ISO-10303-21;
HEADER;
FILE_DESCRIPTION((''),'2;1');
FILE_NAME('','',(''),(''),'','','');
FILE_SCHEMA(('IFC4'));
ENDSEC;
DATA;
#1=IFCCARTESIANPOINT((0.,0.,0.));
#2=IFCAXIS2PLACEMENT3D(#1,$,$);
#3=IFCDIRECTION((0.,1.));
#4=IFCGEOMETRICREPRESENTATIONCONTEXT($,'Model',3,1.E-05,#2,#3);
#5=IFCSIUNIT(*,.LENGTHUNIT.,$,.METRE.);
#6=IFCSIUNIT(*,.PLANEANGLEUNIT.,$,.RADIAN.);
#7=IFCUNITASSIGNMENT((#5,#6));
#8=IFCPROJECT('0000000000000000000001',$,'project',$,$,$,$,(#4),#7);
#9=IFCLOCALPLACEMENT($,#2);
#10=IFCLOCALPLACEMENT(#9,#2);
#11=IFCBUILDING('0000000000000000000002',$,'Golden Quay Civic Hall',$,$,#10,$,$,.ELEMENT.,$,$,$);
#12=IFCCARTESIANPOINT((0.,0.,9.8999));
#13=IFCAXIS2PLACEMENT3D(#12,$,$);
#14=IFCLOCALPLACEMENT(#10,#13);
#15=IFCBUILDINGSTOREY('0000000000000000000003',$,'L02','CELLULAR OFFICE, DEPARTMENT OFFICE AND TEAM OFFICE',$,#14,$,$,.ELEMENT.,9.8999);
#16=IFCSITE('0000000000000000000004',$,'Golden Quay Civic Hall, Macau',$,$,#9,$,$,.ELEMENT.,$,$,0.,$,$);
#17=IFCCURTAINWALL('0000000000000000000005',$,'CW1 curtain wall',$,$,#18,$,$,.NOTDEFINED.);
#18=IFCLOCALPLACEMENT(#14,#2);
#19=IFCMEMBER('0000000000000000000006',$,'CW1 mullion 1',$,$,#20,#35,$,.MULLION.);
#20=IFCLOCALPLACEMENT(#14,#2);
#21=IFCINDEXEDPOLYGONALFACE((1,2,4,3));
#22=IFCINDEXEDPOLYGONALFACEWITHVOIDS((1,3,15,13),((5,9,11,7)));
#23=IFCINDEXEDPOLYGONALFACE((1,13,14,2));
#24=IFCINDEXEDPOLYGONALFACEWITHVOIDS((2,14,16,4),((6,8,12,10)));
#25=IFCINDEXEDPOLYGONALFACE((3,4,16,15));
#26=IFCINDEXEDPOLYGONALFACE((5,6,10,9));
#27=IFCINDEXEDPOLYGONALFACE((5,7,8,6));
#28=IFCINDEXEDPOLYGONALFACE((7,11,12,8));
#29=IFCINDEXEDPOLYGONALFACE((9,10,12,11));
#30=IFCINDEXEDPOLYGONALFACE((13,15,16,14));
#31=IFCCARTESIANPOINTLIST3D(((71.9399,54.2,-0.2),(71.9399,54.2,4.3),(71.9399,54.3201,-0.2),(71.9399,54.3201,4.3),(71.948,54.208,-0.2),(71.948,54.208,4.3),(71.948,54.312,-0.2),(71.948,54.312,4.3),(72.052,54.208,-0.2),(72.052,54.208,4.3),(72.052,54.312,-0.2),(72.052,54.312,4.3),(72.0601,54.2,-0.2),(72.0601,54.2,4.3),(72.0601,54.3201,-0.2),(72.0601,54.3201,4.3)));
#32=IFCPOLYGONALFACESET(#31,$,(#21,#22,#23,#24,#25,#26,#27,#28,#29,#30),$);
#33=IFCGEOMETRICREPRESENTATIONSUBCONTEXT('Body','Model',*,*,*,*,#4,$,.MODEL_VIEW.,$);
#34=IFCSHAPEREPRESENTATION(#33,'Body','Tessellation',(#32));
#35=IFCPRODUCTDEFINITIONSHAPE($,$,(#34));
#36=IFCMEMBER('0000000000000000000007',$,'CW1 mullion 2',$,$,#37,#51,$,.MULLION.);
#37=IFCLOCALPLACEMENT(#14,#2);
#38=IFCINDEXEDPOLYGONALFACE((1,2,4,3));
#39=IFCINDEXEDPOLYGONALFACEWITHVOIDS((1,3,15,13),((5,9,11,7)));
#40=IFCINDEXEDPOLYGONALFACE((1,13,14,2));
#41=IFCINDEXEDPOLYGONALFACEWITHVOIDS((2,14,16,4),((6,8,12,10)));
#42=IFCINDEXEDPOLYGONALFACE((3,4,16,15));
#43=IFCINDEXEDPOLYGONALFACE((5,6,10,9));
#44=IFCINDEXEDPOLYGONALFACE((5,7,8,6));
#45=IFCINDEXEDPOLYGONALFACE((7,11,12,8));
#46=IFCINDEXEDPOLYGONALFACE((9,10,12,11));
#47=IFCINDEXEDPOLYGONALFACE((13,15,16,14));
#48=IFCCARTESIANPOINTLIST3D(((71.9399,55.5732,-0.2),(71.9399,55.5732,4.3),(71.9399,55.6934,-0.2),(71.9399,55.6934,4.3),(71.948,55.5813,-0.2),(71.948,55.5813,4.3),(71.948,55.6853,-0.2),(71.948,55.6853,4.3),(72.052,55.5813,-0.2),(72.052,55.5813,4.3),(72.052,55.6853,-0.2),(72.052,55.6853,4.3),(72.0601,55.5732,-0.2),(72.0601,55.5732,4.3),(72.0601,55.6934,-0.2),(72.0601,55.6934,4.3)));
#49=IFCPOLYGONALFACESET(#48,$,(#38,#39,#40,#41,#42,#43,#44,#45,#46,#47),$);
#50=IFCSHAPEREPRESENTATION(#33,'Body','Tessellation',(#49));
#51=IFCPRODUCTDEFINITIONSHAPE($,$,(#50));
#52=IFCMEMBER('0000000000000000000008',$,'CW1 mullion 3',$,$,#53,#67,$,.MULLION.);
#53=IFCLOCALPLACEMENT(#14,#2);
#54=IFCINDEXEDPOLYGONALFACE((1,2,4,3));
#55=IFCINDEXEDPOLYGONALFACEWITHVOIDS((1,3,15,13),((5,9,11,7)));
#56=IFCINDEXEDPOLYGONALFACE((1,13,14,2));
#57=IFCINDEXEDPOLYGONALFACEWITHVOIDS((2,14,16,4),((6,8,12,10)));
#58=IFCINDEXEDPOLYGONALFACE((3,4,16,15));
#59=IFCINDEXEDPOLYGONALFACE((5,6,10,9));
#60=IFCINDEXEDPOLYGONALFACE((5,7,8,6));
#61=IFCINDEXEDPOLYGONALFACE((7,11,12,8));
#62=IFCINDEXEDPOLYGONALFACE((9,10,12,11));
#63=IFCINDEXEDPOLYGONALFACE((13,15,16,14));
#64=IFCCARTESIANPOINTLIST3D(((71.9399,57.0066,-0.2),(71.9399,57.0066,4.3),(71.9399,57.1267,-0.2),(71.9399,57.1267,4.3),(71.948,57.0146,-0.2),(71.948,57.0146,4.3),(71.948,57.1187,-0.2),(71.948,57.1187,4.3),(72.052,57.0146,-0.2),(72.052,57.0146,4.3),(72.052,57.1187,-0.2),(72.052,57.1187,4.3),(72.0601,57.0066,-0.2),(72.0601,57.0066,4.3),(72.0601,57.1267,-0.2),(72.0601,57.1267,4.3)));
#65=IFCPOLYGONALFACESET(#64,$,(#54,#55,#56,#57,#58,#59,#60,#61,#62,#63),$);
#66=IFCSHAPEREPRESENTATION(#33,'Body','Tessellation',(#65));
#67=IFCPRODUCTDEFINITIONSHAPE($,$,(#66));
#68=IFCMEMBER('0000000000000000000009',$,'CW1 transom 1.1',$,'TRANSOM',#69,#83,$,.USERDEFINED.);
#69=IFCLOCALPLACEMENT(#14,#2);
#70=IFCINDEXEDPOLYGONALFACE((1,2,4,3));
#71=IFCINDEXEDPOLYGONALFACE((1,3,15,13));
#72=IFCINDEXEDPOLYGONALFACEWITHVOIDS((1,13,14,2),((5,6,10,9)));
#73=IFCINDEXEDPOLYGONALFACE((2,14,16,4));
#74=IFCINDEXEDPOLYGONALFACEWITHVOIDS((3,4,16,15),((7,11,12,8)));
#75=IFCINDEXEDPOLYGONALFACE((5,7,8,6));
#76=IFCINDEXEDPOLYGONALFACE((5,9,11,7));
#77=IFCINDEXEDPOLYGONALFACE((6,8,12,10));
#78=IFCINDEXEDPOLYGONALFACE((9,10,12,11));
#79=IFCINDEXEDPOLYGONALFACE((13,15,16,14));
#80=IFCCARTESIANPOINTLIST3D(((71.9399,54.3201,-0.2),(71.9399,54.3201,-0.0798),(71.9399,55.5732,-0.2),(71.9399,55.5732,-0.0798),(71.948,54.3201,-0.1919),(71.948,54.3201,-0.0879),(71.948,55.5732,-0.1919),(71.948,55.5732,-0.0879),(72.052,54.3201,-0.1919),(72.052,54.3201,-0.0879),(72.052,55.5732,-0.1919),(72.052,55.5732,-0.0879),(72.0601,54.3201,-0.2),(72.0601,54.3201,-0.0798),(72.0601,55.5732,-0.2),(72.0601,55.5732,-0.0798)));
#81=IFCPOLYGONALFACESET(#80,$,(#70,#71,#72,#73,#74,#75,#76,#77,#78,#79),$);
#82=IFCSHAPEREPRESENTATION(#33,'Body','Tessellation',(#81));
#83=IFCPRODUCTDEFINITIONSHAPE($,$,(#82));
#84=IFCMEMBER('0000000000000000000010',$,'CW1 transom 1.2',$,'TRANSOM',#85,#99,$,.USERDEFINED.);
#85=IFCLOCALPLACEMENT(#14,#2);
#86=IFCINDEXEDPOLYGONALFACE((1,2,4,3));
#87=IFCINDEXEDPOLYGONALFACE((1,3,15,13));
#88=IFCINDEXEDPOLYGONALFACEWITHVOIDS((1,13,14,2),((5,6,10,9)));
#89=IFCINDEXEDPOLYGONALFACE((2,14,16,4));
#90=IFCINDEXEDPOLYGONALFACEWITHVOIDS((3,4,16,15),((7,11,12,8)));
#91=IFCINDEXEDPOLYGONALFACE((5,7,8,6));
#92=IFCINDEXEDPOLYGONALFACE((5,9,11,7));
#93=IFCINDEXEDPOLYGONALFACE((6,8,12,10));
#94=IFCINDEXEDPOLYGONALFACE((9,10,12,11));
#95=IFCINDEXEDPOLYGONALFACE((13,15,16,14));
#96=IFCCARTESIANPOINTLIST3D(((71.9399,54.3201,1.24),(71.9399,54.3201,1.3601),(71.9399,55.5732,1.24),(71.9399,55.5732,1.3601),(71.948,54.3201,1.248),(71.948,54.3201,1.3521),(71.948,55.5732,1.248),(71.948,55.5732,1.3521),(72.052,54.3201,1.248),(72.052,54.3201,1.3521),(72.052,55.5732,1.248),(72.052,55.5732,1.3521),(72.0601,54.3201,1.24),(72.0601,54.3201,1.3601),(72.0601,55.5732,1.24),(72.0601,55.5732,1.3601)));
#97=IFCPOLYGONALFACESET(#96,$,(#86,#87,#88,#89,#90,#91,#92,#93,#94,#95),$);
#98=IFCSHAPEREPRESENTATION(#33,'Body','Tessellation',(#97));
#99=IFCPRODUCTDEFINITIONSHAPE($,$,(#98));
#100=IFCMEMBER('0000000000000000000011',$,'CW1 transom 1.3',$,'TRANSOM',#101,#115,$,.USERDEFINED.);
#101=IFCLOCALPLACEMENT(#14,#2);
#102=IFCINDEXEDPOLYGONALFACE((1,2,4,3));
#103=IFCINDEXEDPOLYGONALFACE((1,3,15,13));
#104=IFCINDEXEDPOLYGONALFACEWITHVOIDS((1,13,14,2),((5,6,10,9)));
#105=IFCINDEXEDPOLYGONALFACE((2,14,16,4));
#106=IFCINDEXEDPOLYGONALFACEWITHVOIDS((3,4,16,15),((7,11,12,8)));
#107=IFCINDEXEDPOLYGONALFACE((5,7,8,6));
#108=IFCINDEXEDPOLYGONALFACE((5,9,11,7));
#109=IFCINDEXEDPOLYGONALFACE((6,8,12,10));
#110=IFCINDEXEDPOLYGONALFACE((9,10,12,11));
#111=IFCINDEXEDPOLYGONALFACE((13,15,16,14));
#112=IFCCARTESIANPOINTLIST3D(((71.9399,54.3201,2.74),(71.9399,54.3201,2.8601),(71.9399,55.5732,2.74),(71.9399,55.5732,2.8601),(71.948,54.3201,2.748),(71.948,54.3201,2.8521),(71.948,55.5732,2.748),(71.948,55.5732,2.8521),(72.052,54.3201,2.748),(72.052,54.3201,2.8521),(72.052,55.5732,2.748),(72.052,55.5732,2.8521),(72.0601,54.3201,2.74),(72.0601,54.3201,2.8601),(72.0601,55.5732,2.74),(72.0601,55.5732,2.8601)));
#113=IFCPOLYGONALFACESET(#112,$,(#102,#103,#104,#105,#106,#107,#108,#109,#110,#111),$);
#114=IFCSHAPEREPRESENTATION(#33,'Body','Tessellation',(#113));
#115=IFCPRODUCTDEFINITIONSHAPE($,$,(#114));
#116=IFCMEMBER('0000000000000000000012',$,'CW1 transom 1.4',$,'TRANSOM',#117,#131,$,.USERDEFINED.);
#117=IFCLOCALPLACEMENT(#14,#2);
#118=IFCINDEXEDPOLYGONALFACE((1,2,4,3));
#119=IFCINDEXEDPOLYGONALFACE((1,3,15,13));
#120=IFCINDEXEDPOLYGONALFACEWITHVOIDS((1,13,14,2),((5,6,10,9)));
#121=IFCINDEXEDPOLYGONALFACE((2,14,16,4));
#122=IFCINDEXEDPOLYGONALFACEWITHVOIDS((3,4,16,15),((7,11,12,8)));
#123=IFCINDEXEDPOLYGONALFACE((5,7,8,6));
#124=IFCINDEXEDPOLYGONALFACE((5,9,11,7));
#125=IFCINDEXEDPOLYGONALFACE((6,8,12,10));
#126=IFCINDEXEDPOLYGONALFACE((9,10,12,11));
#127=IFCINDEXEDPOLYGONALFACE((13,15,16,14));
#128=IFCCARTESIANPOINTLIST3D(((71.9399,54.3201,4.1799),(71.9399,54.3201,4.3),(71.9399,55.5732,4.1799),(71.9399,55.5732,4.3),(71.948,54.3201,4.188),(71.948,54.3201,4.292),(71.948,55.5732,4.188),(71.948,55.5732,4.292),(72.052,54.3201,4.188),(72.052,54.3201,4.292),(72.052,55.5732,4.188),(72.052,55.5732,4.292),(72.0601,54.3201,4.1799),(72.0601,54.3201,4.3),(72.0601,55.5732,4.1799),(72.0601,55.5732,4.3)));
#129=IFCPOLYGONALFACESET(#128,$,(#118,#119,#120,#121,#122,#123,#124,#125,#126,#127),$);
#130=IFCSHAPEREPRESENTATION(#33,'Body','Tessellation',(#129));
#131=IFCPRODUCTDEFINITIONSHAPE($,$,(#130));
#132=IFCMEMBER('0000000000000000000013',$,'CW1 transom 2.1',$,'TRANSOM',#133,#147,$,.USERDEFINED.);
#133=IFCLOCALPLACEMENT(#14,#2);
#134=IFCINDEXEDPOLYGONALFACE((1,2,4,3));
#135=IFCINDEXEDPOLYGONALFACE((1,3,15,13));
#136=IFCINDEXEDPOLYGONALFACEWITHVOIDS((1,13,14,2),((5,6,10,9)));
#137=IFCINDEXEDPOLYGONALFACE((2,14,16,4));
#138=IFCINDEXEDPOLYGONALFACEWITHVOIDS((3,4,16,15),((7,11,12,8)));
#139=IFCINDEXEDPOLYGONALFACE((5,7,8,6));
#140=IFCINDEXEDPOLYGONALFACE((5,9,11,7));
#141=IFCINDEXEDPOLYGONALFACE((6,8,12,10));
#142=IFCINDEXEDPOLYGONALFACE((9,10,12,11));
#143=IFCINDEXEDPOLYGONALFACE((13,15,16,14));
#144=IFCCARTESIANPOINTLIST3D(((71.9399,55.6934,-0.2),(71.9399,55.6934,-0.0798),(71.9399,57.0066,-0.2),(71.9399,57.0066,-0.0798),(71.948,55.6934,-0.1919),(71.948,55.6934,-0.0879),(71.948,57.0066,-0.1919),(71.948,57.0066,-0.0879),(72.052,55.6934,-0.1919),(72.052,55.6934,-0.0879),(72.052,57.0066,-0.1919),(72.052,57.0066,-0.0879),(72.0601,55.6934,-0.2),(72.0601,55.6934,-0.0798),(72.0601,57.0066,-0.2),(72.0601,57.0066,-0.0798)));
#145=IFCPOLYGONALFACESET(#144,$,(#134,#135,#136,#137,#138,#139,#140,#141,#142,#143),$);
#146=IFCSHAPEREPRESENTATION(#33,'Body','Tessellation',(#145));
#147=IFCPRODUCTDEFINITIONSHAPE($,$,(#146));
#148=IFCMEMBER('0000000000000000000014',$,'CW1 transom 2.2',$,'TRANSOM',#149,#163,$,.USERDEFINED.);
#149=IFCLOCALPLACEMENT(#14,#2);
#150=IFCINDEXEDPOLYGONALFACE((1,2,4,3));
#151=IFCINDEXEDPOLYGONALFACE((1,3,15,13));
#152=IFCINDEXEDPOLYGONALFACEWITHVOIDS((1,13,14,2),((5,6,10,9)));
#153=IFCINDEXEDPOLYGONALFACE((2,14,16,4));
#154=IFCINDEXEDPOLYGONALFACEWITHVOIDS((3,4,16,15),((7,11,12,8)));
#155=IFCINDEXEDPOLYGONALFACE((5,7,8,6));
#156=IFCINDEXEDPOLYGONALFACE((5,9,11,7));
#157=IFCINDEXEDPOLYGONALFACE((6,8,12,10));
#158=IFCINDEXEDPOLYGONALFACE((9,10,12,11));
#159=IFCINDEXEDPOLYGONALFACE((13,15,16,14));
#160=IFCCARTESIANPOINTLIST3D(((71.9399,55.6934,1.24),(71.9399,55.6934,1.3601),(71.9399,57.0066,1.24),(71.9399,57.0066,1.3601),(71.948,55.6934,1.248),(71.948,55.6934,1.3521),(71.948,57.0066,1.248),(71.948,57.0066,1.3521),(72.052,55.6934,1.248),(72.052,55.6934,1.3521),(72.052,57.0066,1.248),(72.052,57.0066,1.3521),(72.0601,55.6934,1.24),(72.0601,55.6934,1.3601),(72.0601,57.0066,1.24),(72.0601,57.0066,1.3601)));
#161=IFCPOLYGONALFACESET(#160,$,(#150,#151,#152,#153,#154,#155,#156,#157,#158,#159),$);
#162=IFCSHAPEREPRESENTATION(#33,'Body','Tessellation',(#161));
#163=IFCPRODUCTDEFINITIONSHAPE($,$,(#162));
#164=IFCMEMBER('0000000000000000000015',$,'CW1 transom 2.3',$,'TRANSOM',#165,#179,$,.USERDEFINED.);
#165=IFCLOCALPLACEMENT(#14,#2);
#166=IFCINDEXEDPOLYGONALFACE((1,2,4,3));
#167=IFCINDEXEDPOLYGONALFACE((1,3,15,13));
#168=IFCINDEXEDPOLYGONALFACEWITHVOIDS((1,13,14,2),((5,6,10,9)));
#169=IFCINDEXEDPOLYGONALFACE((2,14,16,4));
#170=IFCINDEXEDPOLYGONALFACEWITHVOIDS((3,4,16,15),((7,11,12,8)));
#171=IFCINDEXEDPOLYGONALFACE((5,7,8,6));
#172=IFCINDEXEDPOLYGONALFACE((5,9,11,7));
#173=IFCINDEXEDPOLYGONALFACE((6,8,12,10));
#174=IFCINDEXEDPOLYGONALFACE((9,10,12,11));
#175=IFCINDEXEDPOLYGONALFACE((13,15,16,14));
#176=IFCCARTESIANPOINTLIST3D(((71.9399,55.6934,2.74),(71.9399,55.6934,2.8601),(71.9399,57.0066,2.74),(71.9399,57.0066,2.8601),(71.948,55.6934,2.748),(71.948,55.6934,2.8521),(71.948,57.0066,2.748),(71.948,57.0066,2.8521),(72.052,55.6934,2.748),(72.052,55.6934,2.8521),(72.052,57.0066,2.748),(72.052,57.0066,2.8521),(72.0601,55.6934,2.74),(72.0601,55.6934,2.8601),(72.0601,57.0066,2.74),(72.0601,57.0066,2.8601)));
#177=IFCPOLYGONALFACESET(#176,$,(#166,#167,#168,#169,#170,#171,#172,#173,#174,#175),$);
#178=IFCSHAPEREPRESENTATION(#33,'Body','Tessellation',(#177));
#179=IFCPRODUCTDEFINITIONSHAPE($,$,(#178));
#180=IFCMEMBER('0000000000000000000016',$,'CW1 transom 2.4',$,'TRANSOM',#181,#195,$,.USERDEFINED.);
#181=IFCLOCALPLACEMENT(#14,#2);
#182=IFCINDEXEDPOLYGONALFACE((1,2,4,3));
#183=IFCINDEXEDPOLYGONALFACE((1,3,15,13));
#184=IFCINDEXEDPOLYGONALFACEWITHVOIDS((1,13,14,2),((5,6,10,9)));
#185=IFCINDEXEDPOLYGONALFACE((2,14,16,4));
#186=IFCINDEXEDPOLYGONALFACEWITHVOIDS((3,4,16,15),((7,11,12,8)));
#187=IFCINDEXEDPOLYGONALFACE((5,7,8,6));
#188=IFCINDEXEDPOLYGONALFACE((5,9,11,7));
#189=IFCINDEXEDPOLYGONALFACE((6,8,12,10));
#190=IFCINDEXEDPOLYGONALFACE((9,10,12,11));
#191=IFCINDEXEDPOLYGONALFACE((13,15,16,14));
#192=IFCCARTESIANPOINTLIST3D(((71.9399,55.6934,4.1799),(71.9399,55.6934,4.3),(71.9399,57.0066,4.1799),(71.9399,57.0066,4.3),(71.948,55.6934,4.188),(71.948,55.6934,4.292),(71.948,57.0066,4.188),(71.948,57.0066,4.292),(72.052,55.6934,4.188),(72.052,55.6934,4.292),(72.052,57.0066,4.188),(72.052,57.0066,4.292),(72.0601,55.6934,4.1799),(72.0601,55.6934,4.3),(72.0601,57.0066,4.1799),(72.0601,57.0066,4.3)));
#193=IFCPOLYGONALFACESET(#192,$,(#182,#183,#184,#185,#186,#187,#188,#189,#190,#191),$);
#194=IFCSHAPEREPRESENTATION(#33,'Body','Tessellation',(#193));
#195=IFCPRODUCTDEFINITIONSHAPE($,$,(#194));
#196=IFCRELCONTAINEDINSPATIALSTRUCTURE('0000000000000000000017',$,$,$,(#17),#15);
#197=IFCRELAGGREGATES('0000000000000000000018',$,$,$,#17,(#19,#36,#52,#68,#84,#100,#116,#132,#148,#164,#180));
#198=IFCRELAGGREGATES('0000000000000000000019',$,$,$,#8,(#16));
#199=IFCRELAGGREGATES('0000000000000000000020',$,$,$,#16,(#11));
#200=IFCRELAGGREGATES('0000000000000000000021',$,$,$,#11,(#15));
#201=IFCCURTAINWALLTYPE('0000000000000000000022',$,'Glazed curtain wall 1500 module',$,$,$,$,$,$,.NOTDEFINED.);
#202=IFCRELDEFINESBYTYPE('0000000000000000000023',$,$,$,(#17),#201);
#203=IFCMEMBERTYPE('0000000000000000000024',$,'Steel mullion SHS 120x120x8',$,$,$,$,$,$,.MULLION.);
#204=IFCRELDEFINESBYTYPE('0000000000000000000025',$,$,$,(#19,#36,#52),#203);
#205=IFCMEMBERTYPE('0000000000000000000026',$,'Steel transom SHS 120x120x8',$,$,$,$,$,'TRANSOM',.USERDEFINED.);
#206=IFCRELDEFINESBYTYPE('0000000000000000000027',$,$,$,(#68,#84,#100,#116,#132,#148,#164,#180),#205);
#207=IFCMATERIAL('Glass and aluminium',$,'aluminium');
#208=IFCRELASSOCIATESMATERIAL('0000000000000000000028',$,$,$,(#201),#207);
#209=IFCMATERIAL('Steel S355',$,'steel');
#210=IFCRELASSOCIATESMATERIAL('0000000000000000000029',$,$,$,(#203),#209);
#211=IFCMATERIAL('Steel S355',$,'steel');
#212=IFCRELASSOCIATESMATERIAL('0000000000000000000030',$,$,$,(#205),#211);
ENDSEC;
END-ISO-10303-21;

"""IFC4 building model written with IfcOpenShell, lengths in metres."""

from ifc_helpers import new_model, si_unit, direction, frame, origin, origin_2d, place, context, subcontext, project, spatial, hollow_rectangle, extrude, material, material_profile, profile_set, type_object, element, aggregate, save


model = new_model("IFC4")

# Units and contexts
model_context = context("Model", 3, precision=1e-05, world=origin(), true_north=direction((0.0, 1.0)))
body_context = subcontext(model_context, "Body", "Model", "MODEL_VIEW")
ifc_project = project(units=[si_unit("LENGTHUNIT", "METRE"), si_unit("PLANEANGLEUNIT", "RADIAN")], contexts=[model_context])

# Site, building, storey
site_placement = place(None, origin())
site = spatial("IfcSite", under=ifc_project, at=site_placement, Name="Golden Quay Civic Hall, Macau", CompositionType="ELEMENT", RefElevation=0.0)
building_placement = place(site_placement, origin())
building = spatial("IfcBuilding", under=site, at=building_placement, Name="Golden Quay Civic Hall", CompositionType="ELEMENT")
storey_placement = place(building_placement, frame((0.0, 0.0, 9.8999)))
storey = spatial("IfcBuildingStorey", under=building, at=storey_placement, Name="L02", Description="CELLULAR OFFICE, DEPARTMENT OFFICE AND TEAM OFFICE", CompositionType="ELEMENT", Elevation=9.8999)

# Curtain wall, members
ifc_material_1 = material(Name="Glass and aluminium", Category="aluminium")
curtain_wall_type = type_object("IfcCurtainWallType", Name="Glazed curtain wall 1500 module", PredefinedType="NOTDEFINED", material=ifc_material_1)
curtain_wall_placement = place(storey_placement, origin())
curtain_wall = element("IfcCurtainWall", 1, at=curtain_wall_placement, inside=storey, type_object=curtain_wall_type, Name="CW1 curtain wall", PredefinedType="NOTDEFINED")
ifc_material_2 = material(Name="Steel S355", Category="steel")
ifc_material_profile_1 = material_profile(ifc_material_2, hollow_rectangle(XDim=0.1201, YDim=0.1201, WallThickness=0.0081, at=origin_2d()), Name="SHS 120x120x8")
ifc_profile_set_1 = profile_set([ifc_material_profile_1], Name="Steel S355")
member_type_1 = type_object("IfcMemberType", Name="Steel mullion SHS 120x120x8", PredefinedType="MULLION", material=ifc_profile_set_1)
member_1_placement = place(storey_placement, frame((72.0, 54.26, -0.2), z_axis=(0.0, 0.0, 1.0), x_axis=(-1.0, 0.0, 0.0)))
member_1 = element("IfcMember", 2, at=member_1_placement, type_object=member_type_1, Name="CW1 mullion 1", PredefinedType="MULLION", context=body_context, shape_type="SweptSolid", body=[
    extrude(hollow_rectangle(XDim=0.1201, YDim=0.1201, WallThickness=0.0081, at=origin_2d()), origin(), (0.0, 0.0, 1.0), 4.5),
])
member_2_placement = place(storey_placement, frame((72.0, 55.6333, -0.2), z_axis=(0.0, 0.0, 1.0), x_axis=(-1.0, 0.0, 0.0)))
member_2 = element("IfcMember", 3, at=member_2_placement, type_object=member_type_1, Name="CW1 mullion 2", PredefinedType="MULLION", context=body_context, shape_type="SweptSolid", body=[
    extrude(hollow_rectangle(XDim=0.1201, YDim=0.1201, WallThickness=0.0081, at=origin_2d()), origin(), (0.0, 0.0, 1.0), 4.5),
])
member_3_placement = place(storey_placement, frame((72.0, 57.0667, -0.2), z_axis=(0.0, 0.0, 1.0), x_axis=(-1.0, 0.0, 0.0)))
member_3 = element("IfcMember", 4, at=member_3_placement, type_object=member_type_1, Name="CW1 mullion 3", PredefinedType="MULLION", context=body_context, shape_type="SweptSolid", body=[
    extrude(hollow_rectangle(XDim=0.1201, YDim=0.1201, WallThickness=0.0081, at=origin_2d()), origin(), (0.0, 0.0, 1.0), 4.5),
])
ifc_material_3 = material(Name="Steel S355", Category="steel")
ifc_material_profile_2 = material_profile(ifc_material_3, hollow_rectangle(XDim=0.1201, YDim=0.1201, WallThickness=0.0081, at=origin_2d()), Name="SHS 120x120x8")
ifc_profile_set_2 = profile_set([ifc_material_profile_2], Name="Steel S355")
member_type_2 = type_object("IfcMemberType", Name="Steel transom SHS 120x120x8", ElementType="TRANSOM", PredefinedType="USERDEFINED", material=ifc_profile_set_2)
member_4_placement = place(storey_placement, frame((72.0, 54.3201, -0.1399), z_axis=(0.0, 1.0, 0.0), x_axis=(-1.0, 0.0, 0.0)))
member_4 = element("IfcMember", 5, at=member_4_placement, type_object=member_type_2, Name="CW1 transom 1.1", ObjectType="TRANSOM", PredefinedType="USERDEFINED", context=body_context, shape_type="SweptSolid", body=[
    extrude(hollow_rectangle(XDim=0.1201, YDim=0.1201, WallThickness=0.0081, at=origin_2d()), origin(), (0.0, 0.0, 1.0), 1.2532),
])
member_5_placement = place(storey_placement, frame((72.0, 54.3201, 1.3), z_axis=(0.0, 1.0, 0.0), x_axis=(-1.0, 0.0, 0.0)))
member_5 = element("IfcMember", 6, at=member_5_placement, type_object=member_type_2, Name="CW1 transom 1.2", ObjectType="TRANSOM", PredefinedType="USERDEFINED", context=body_context, shape_type="SweptSolid", body=[
    extrude(hollow_rectangle(XDim=0.1201, YDim=0.1201, WallThickness=0.0081, at=origin_2d()), origin(), (0.0, 0.0, 1.0), 1.2532),
])
member_6_placement = place(storey_placement, frame((72.0, 54.3201, 2.8), z_axis=(0.0, 1.0, 0.0), x_axis=(-1.0, 0.0, 0.0)))
member_6 = element("IfcMember", 7, at=member_6_placement, type_object=member_type_2, Name="CW1 transom 1.3", ObjectType="TRANSOM", PredefinedType="USERDEFINED", context=body_context, shape_type="SweptSolid", body=[
    extrude(hollow_rectangle(XDim=0.1201, YDim=0.1201, WallThickness=0.0081, at=origin_2d()), origin(), (0.0, 0.0, 1.0), 1.2532),
])
member_7_placement = place(storey_placement, frame((72.0, 54.3201, 4.24), z_axis=(0.0, 1.0, 0.0), x_axis=(-1.0, 0.0, 0.0)))
member_7 = element("IfcMember", 8, at=member_7_placement, type_object=member_type_2, Name="CW1 transom 1.4", ObjectType="TRANSOM", PredefinedType="USERDEFINED", context=body_context, shape_type="SweptSolid", body=[
    extrude(hollow_rectangle(XDim=0.1201, YDim=0.1201, WallThickness=0.0081, at=origin_2d()), origin(), (0.0, 0.0, 1.0), 1.2532),
])
member_8_placement = place(storey_placement, frame((72.0, 55.6934, -0.1399), z_axis=(0.0, 1.0, 0.0), x_axis=(-1.0, 0.0, 0.0)))
member_8 = element("IfcMember", 9, at=member_8_placement, type_object=member_type_2, Name="CW1 transom 2.1", ObjectType="TRANSOM", PredefinedType="USERDEFINED", context=body_context, shape_type="SweptSolid", body=[
    extrude(hollow_rectangle(XDim=0.1201, YDim=0.1201, WallThickness=0.0081, at=origin_2d()), origin(), (0.0, 0.0, 1.0), 1.3132),
])
member_9_placement = place(storey_placement, frame((72.0, 55.6934, 1.3), z_axis=(0.0, 1.0, 0.0), x_axis=(-1.0, 0.0, 0.0)))
member_9 = element("IfcMember", 10, at=member_9_placement, type_object=member_type_2, Name="CW1 transom 2.2", ObjectType="TRANSOM", PredefinedType="USERDEFINED", context=body_context, shape_type="SweptSolid", body=[
    extrude(hollow_rectangle(XDim=0.1201, YDim=0.1201, WallThickness=0.0081, at=origin_2d()), origin(), (0.0, 0.0, 1.0), 1.3132),
])
member_10_placement = place(storey_placement, frame((72.0, 55.6934, 2.8), z_axis=(0.0, 1.0, 0.0), x_axis=(-1.0, 0.0, 0.0)))
member_10 = element("IfcMember", 11, at=member_10_placement, type_object=member_type_2, Name="CW1 transom 2.3", ObjectType="TRANSOM", PredefinedType="USERDEFINED", context=body_context, shape_type="SweptSolid", body=[
    extrude(hollow_rectangle(XDim=0.1201, YDim=0.1201, WallThickness=0.0081, at=origin_2d()), origin(), (0.0, 0.0, 1.0), 1.3132),
])
member_11_placement = place(storey_placement, frame((72.0, 55.6934, 4.24), z_axis=(0.0, 1.0, 0.0), x_axis=(-1.0, 0.0, 0.0)))
member_11 = element("IfcMember", 12, at=member_11_placement, type_object=member_type_2, Name="CW1 transom 2.4", ObjectType="TRANSOM", PredefinedType="USERDEFINED", context=body_context, shape_type="SweptSolid", body=[
    extrude(hollow_rectangle(XDim=0.1201, YDim=0.1201, WallThickness=0.0081, at=origin_2d()), origin(), (0.0, 0.0, 1.0), 1.3132),
])
aggregate(curtain_wall, [member_1, member_2, member_3, member_4, member_5, member_6, member_7, member_8, member_9, member_10, member_11])

save(model, "model.ifc")
